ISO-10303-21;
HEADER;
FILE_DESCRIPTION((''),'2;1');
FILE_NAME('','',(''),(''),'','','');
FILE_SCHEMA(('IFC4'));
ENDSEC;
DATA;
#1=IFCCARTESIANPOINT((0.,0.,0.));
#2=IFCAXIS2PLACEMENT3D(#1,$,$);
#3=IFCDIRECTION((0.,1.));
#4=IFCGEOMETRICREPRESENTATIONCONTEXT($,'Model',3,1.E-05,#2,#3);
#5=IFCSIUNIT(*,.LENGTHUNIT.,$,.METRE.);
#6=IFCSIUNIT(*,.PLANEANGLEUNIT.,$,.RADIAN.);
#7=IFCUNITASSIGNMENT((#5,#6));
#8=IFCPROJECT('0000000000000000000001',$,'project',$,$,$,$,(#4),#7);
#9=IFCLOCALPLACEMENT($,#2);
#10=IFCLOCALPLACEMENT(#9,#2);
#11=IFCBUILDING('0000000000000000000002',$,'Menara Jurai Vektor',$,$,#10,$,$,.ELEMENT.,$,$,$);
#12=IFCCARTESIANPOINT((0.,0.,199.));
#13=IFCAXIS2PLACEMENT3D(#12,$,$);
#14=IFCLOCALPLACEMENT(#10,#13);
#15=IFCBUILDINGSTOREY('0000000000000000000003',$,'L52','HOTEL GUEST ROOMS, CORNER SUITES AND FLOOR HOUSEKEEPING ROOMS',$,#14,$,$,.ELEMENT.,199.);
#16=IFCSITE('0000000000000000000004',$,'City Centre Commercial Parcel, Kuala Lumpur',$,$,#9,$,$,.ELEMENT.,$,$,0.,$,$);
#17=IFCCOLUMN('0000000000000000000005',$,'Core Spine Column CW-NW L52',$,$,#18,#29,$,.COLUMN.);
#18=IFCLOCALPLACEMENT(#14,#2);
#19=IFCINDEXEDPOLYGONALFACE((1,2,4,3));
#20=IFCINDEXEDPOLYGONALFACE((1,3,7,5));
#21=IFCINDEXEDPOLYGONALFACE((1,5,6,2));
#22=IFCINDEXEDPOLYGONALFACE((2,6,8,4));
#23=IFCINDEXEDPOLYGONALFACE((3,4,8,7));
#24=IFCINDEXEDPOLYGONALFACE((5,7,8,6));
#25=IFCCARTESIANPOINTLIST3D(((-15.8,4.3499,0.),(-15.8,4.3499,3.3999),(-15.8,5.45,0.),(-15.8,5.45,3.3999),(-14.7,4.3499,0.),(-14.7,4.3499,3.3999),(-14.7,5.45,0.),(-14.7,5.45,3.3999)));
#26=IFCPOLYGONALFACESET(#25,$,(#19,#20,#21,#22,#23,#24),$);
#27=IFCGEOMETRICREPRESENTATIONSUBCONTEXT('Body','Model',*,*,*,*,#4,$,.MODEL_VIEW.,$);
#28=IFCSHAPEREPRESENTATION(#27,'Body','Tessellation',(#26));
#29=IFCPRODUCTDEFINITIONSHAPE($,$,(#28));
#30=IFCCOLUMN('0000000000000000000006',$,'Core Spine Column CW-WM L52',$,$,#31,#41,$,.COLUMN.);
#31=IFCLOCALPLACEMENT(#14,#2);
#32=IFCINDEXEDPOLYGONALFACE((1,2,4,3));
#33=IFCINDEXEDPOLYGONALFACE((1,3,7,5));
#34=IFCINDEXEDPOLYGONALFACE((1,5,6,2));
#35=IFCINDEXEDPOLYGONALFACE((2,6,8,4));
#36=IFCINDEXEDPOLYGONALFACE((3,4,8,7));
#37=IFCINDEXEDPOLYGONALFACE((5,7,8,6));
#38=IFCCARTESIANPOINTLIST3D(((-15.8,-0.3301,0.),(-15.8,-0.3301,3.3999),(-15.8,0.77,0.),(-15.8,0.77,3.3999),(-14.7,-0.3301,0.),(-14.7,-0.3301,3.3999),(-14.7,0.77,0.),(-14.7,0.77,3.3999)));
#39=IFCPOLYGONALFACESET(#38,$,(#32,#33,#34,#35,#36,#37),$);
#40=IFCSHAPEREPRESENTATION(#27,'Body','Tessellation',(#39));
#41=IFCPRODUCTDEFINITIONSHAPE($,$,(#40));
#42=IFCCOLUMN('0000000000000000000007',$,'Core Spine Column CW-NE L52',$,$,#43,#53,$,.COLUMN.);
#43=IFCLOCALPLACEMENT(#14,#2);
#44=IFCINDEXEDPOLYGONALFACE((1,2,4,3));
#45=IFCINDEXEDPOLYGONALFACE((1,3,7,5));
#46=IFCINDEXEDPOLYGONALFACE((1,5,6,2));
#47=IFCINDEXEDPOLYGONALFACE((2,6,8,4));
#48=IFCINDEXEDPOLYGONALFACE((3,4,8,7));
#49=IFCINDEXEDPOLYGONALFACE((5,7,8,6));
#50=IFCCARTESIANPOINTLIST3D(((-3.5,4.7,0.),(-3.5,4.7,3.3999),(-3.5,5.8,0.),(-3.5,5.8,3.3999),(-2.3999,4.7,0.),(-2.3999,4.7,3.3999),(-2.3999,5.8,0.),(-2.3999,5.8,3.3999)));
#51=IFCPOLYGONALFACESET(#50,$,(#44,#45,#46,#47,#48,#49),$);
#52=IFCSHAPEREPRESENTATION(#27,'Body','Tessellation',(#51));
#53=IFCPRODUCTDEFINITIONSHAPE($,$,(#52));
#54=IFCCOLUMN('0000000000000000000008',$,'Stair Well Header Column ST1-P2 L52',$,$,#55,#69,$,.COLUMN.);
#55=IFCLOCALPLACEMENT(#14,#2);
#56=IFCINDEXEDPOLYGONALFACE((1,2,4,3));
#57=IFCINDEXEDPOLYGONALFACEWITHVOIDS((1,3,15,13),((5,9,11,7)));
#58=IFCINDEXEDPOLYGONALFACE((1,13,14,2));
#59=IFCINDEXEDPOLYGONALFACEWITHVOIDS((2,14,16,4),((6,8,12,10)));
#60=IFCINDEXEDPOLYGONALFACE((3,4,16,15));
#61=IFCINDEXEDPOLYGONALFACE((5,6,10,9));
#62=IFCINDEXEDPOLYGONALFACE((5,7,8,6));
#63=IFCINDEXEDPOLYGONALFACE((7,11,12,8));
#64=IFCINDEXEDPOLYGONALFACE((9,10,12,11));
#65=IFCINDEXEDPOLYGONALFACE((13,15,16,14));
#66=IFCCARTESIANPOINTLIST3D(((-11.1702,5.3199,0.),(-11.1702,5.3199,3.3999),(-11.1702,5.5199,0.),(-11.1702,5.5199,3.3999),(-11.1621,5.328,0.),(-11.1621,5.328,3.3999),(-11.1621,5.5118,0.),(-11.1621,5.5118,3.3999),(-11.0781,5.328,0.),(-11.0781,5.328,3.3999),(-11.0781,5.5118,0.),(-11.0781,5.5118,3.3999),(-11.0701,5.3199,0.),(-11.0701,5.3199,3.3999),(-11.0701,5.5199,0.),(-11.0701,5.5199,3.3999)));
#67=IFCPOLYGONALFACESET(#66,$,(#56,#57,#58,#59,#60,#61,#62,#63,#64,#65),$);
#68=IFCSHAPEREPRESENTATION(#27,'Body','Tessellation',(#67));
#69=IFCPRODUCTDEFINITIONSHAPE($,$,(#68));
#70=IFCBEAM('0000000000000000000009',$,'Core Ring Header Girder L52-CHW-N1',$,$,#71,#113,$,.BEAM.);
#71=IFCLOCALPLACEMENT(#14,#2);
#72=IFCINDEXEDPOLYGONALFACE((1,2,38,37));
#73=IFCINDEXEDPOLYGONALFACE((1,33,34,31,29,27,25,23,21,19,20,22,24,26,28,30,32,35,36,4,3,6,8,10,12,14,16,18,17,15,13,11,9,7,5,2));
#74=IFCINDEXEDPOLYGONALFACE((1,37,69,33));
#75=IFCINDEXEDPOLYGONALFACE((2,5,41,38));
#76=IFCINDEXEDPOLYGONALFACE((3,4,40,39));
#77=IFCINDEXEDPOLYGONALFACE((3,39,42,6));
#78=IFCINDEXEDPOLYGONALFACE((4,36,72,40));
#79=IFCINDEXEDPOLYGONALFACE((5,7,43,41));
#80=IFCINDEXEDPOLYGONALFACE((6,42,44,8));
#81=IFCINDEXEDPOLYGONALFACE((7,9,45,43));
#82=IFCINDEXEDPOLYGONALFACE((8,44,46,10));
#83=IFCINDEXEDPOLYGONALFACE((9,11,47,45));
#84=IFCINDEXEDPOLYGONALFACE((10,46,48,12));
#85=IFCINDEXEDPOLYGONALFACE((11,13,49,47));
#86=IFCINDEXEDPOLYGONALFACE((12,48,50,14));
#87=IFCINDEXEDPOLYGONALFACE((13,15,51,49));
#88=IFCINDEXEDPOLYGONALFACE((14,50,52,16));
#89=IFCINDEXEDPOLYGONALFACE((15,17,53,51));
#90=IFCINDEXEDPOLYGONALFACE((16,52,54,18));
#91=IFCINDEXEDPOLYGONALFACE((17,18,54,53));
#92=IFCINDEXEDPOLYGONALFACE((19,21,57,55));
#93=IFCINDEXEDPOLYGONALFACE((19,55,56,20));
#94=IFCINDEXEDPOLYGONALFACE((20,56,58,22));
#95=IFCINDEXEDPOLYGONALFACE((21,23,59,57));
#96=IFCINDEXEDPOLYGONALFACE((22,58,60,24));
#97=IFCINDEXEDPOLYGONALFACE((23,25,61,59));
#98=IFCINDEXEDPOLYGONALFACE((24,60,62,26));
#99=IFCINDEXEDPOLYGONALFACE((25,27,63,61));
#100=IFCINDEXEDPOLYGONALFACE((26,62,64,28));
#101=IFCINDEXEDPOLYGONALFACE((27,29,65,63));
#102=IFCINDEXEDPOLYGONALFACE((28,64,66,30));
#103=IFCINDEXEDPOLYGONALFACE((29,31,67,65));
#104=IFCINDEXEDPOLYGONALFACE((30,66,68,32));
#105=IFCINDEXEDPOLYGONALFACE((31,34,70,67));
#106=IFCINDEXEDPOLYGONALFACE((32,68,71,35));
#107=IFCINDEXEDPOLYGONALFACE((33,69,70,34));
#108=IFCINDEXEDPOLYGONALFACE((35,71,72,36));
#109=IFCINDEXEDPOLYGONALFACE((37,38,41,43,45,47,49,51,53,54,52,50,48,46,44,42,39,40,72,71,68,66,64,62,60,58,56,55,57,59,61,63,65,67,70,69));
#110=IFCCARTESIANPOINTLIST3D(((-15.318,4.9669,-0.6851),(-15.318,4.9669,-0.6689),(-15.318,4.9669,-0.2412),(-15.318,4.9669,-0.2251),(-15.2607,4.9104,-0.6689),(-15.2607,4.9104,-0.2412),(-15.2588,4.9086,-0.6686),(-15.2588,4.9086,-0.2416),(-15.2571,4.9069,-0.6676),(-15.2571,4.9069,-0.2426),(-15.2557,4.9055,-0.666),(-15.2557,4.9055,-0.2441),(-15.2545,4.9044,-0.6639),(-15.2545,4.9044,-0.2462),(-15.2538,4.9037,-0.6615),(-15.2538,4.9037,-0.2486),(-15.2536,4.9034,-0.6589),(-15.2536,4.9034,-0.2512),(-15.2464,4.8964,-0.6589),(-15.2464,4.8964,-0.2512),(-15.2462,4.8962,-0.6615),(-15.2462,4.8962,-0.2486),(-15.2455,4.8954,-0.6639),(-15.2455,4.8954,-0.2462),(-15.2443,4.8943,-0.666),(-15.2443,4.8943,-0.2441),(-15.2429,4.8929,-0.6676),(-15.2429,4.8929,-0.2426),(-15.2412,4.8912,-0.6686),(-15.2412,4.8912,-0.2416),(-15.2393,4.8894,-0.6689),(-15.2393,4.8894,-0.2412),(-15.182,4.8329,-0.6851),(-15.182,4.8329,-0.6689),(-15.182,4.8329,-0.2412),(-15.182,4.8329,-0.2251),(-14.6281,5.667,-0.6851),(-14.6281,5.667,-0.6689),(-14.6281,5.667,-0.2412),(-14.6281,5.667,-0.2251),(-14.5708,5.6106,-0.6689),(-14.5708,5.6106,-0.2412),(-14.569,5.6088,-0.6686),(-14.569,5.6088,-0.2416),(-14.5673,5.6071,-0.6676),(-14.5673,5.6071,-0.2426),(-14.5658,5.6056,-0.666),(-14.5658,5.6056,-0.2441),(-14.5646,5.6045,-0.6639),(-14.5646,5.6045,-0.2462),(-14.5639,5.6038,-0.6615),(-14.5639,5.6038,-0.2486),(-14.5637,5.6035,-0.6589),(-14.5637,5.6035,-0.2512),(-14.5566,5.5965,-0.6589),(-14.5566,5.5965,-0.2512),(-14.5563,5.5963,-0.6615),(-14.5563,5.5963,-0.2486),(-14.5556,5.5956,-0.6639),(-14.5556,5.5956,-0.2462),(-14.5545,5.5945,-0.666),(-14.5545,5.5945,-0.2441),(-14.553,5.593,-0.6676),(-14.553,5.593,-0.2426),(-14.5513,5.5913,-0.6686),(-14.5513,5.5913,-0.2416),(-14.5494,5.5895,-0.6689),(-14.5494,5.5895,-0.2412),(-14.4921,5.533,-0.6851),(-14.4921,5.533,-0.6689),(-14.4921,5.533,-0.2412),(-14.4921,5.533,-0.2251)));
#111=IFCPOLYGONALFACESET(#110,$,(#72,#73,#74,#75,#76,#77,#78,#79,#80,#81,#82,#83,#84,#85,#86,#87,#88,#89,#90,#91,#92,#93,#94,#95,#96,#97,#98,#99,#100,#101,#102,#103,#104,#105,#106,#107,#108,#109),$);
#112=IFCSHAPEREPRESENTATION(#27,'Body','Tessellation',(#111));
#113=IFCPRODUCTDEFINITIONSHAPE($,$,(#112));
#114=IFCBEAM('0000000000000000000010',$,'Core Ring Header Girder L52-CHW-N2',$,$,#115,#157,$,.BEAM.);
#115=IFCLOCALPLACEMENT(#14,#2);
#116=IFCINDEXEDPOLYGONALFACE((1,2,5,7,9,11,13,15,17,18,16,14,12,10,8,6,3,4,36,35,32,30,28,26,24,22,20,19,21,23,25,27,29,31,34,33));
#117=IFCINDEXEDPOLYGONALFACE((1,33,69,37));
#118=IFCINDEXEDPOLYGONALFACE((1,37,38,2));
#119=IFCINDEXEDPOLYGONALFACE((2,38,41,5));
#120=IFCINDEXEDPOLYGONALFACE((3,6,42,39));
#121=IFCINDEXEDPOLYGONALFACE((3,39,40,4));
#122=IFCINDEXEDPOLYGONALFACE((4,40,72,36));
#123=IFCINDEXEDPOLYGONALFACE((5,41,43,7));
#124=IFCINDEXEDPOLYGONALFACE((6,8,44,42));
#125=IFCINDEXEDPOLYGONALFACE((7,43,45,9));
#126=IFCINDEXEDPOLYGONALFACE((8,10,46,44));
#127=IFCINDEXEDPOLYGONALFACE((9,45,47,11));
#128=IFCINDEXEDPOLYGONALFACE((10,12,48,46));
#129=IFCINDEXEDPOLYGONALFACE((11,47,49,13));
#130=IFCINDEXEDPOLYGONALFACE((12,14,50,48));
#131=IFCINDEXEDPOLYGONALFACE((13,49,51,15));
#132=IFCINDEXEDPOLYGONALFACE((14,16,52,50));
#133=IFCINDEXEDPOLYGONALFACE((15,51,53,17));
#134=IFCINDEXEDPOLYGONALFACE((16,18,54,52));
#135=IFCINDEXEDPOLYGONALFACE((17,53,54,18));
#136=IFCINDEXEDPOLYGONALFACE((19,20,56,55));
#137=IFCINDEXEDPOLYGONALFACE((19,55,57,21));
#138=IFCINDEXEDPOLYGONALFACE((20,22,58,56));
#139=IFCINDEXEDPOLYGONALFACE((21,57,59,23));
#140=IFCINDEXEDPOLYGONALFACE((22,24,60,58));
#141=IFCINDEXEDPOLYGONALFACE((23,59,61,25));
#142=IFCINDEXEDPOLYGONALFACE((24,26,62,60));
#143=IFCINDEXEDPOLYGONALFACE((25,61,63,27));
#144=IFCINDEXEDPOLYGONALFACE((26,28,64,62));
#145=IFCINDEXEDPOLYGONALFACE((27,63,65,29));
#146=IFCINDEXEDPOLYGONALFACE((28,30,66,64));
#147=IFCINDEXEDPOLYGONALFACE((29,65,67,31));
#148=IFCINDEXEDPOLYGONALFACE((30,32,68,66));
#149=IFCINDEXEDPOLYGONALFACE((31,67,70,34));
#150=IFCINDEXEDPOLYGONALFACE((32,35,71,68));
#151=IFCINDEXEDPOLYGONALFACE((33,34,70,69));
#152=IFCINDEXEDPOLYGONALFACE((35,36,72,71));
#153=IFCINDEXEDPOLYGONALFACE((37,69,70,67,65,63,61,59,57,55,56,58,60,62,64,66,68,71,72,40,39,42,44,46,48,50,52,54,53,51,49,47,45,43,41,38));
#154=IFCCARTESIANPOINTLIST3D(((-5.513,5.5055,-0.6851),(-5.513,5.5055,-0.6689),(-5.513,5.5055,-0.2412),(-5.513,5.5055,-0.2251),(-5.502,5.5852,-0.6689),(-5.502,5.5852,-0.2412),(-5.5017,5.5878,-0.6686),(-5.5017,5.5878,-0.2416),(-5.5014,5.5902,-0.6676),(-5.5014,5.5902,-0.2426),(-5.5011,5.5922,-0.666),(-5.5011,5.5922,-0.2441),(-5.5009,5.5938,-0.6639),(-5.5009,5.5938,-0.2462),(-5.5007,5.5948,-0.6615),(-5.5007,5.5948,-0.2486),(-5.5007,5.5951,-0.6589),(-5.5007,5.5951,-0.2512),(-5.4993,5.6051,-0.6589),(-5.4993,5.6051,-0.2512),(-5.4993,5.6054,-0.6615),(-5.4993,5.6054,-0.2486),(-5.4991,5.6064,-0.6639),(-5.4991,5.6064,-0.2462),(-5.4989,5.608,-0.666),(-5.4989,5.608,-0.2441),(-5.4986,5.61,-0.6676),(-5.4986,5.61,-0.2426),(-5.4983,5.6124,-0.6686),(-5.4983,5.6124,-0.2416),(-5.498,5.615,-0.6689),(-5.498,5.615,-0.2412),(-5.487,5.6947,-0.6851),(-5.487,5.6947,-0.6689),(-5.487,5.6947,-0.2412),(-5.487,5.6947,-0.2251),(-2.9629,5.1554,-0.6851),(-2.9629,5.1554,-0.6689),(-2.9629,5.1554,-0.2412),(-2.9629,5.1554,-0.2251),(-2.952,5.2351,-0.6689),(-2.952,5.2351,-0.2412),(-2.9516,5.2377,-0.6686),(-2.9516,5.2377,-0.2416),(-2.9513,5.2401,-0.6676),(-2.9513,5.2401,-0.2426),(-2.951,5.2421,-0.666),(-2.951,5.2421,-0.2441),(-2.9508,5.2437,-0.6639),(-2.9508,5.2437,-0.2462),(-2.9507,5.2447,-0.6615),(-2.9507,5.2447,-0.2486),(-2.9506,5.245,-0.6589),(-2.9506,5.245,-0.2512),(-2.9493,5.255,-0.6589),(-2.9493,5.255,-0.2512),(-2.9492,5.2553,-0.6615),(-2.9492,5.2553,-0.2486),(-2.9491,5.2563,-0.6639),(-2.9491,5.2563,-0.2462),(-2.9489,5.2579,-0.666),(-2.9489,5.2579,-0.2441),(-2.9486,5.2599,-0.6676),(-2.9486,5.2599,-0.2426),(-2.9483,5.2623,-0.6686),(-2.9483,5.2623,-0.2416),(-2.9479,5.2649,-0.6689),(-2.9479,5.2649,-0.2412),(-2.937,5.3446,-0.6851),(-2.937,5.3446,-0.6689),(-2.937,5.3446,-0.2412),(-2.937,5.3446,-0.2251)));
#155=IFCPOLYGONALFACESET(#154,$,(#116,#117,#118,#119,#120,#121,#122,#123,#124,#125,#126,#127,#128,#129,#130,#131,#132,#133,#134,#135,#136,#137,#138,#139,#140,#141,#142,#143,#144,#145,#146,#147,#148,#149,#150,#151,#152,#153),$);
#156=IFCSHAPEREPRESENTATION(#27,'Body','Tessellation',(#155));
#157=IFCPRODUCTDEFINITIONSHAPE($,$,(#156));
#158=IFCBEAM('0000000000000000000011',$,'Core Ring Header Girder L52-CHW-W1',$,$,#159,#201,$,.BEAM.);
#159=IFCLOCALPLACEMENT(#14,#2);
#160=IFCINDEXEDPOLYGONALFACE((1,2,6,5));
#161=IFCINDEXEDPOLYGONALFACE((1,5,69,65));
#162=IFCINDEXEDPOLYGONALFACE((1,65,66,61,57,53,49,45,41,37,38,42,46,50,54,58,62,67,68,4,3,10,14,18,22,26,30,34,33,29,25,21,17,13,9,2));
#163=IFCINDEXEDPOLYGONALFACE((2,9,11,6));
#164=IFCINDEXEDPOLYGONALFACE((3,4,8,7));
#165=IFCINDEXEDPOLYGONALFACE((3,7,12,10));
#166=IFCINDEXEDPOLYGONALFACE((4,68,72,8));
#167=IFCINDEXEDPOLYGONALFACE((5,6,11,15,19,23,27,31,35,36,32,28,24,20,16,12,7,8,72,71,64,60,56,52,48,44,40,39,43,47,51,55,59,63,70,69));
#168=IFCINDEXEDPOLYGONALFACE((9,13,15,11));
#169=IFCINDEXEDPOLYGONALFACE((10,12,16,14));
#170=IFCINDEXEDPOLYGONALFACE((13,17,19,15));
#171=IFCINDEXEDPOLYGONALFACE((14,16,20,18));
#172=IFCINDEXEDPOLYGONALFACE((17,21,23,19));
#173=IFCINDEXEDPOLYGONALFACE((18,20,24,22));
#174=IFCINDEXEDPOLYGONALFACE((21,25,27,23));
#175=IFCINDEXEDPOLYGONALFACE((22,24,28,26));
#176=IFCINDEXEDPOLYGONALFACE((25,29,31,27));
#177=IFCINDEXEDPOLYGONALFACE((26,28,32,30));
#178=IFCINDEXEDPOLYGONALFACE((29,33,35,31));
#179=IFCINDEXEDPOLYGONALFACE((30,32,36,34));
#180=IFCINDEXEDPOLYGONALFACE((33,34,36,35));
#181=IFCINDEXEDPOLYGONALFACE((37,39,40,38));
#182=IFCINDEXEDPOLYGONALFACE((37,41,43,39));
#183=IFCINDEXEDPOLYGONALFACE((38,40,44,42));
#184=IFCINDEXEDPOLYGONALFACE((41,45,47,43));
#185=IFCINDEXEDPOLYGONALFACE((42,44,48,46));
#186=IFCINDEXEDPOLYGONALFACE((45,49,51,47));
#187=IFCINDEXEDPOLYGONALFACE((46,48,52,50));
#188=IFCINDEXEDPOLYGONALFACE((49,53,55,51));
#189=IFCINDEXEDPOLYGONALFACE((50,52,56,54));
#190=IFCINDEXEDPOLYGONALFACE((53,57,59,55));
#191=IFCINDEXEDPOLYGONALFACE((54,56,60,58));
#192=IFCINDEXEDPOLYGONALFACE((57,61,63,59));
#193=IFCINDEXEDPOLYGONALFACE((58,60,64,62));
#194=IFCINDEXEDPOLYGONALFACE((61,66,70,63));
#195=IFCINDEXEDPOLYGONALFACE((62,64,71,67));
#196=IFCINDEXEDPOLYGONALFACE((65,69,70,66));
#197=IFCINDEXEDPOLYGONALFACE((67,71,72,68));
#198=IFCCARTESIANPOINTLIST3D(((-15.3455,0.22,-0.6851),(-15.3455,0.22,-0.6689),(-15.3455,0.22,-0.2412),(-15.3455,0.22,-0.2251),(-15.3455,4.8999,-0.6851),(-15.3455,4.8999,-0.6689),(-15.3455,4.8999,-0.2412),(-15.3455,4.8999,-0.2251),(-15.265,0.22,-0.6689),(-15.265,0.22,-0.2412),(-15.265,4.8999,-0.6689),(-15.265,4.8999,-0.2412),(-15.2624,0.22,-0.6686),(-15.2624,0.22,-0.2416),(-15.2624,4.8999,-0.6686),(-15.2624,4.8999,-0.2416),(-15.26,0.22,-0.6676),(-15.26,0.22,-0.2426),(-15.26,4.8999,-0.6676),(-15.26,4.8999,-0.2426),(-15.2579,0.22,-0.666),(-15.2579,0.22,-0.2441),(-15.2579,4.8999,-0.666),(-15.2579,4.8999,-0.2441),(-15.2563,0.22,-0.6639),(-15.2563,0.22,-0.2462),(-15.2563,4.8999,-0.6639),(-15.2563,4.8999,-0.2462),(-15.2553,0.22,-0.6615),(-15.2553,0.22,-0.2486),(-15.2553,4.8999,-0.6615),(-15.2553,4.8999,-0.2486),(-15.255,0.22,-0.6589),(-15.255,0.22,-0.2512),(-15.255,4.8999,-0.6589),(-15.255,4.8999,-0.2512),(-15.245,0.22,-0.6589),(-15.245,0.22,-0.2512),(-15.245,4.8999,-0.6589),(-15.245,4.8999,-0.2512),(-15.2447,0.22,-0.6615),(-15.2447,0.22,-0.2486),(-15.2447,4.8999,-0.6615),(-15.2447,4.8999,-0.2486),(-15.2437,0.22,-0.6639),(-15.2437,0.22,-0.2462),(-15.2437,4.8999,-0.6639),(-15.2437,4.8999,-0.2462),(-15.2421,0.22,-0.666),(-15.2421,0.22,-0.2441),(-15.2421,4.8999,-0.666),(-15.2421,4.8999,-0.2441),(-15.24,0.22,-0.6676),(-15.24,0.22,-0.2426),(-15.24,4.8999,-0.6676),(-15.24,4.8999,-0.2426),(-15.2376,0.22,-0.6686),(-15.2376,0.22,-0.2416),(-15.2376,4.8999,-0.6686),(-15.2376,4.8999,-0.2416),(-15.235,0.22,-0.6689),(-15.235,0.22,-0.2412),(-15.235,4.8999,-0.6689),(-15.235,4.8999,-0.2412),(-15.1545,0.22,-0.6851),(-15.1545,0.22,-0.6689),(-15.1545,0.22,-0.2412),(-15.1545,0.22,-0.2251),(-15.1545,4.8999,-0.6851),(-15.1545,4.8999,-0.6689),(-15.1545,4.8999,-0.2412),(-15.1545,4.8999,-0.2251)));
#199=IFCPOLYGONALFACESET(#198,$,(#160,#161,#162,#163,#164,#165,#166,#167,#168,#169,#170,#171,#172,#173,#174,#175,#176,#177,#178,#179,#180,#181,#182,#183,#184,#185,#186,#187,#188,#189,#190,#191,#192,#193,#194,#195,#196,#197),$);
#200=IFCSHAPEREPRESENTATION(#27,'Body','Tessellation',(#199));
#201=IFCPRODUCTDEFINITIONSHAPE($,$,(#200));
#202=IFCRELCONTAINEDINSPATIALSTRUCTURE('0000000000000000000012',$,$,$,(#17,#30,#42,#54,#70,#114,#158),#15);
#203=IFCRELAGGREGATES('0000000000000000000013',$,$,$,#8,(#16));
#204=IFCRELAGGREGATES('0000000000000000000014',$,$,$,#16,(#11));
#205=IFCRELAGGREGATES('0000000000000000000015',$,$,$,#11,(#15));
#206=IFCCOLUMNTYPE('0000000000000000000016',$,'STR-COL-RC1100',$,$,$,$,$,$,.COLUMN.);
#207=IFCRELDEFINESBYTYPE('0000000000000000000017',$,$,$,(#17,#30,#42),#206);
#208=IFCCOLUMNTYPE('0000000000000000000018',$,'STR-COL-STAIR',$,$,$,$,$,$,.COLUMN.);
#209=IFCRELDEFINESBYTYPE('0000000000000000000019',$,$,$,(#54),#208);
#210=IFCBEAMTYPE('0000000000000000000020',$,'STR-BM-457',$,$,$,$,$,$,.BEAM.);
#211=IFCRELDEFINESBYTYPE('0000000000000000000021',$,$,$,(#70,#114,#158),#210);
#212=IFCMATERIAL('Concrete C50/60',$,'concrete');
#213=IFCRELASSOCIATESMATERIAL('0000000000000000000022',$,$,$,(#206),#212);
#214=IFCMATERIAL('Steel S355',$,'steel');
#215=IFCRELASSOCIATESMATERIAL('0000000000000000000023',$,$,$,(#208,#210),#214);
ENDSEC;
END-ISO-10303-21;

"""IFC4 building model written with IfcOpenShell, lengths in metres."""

from ifc_helpers import new_model, si_unit, direction, frame, origin, origin_2d, place, context, subcontext, project, spatial, rectangle, hollow_rectangle, i_section, extrude, material, material_profile, profile_set, type_object, element, save


model = new_model("IFC4")

# Units and contexts
model_context = context("Model", 3, precision=1e-05, world=origin(), true_north=direction((0.0, 1.0)))
body_context = subcontext(model_context, "Body", "Model", "MODEL_VIEW")
ifc_project = project(units=[si_unit("LENGTHUNIT", "METRE"), si_unit("PLANEANGLEUNIT", "RADIAN")], contexts=[model_context])

# Site, building, storey
site_placement = place(None, origin())
site = spatial("IfcSite", under=ifc_project, at=site_placement, Name="City Centre Commercial Parcel, Kuala Lumpur", CompositionType="ELEMENT", RefElevation=0.0)
building_placement = place(site_placement, origin())
building = spatial("IfcBuilding", under=site, at=building_placement, Name="Menara Jurai Vektor", CompositionType="ELEMENT")
storey_placement = place(building_placement, frame((0.0, 0.0, 199.0)))
storey = spatial("IfcBuildingStorey", under=building, at=storey_placement, Name="L52", Description="HOTEL GUEST ROOMS, CORNER SUITES AND FLOOR HOUSEKEEPING ROOMS", CompositionType="ELEMENT", Elevation=199.0)

# Columns
ifc_material_1 = material(Name="Concrete C50/60", Category="concrete")
ifc_material_profile_1 = material_profile(ifc_material_1, rectangle(XDim=1.1001, YDim=1.1001, at=origin_2d()), Name="RC 1100x1100")
ifc_profile_set_1 = profile_set([ifc_material_profile_1], Name="Concrete C50/60")
column_type_1 = type_object("IfcColumnType", Name="STR-COL-RC1100", PredefinedType="COLUMN", material=ifc_profile_set_1)
for number, where, z_axis, x_axis, name in (
    (1, (-15.25, 4.8999, 0.0), (0.0, 0.0, 1.0), (1.0, 0.0, 0.0), "Core Spine Column CW-NW L52"),
    (2, (-15.25, 0.22, 0.0), (0.0, 0.0, 1.0), (1.0, 0.0, 0.0), "Core Spine Column CW-WM L52"),
    (3, (-2.95, 5.25, 0.0), (0.0, 0.0, 1.0), (1.0, 0.0, 0.0), "Core Spine Column CW-NE L52"),
):
    element("IfcColumn", number, at=place(storey_placement, frame(where, z_axis=z_axis, x_axis=x_axis)), inside=storey, type_object=column_type_1, Name=name, PredefinedType="COLUMN", context=body_context, shape_type="SweptSolid", body=[
        extrude(rectangle(XDim=1.1001, YDim=1.1001, at=origin_2d()), origin(), (0.0, 0.0, 1.0), 3.3999),
    ])
ifc_material_2 = material(Name="Steel S355", Category="steel")
ifc_material_profile_2 = material_profile(ifc_material_2, hollow_rectangle(XDim=0.1001, YDim=0.2, WallThickness=0.0081, at=origin_2d()), Name="RHS 200x100x8")
ifc_profile_set_2 = profile_set([ifc_material_profile_2], Name="Steel S355")
column_type_2 = type_object("IfcColumnType", Name="STR-COL-STAIR", PredefinedType="COLUMN", material=ifc_profile_set_2)
column_placement = place(storey_placement, frame((-11.1201, 5.4199, 0.0), z_axis=(0.0, 0.0, 1.0), x_axis=(1.0, 0.0, 0.0)))
element("IfcColumn", 4, at=column_placement, inside=storey, type_object=column_type_2, Name="Stair Well Header Column ST1-P2 L52", PredefinedType="COLUMN", context=body_context, shape_type="SweptSolid", body=[
    extrude(hollow_rectangle(XDim=0.1001, YDim=0.2, WallThickness=0.0081, at=origin_2d()), origin(), (0.0, 0.0, 1.0), 3.3999),
])

# Beams
ifc_material_profile_3 = material_profile(ifc_material_2, i_section(OverallWidth=0.1909, OverallDepth=0.46, WebThickness=0.01, FlangeThickness=0.0161, FilletRadius=0.01, at=origin_2d()), Name="UKB 457x191x82")
ifc_profile_set_3 = profile_set([ifc_material_profile_3], Name="Steel S355")
beam_type_1 = type_object("IfcBeamType", Name="STR-BM-457", PredefinedType="BEAM", material=ifc_profile_set_3)
beam_1_placement = place(storey_placement, frame((-15.25, 4.8999, -0.4551), z_axis=(0.701872, 0.712303, 0.0), x_axis=(-0.712303, 0.701872, 0.0)))
element("IfcBeam", 5, at=beam_1_placement, inside=storey, type_object=beam_type_1, Name="Core Ring Header Girder L52-CHW-N1", PredefinedType="BEAM", context=body_context, shape_type="SweptSolid", body=[
    extrude(i_section(OverallWidth=0.1909, OverallDepth=0.46, WebThickness=0.01, FlangeThickness=0.0161, FilletRadius=0.01, at=origin_2d()), origin(), (0.0, 0.0, 1.0), 0.9829),
])
beam_2_placement = place(storey_placement, frame((-5.5, 5.6001, -0.4551), z_axis=(0.990707, -0.136015, 0.0), x_axis=(0.136015, 0.990707, 0.0)))
element("IfcBeam", 6, at=beam_2_placement, inside=storey, type_object=beam_type_1, Name="Core Ring Header Girder L52-CHW-N2", PredefinedType="BEAM", context=body_context, shape_type="SweptSolid", body=[
    extrude(i_section(OverallWidth=0.1909, OverallDepth=0.46, WebThickness=0.01, FlangeThickness=0.0161, FilletRadius=0.01, at=origin_2d()), origin(), (0.0, 0.0, 1.0), 2.574),
])
beam_3_placement = place(storey_placement, frame((-15.25, 0.22, -0.4551), z_axis=(0.0, 1.0, 0.0), x_axis=(-1.0, 0.0, 0.0)))
element("IfcBeam", 7, at=beam_3_placement, inside=storey, type_object=beam_type_1, Name="Core Ring Header Girder L52-CHW-W1", PredefinedType="BEAM", context=body_context, shape_type="SweptSolid", body=[
    extrude(i_section(OverallWidth=0.1909, OverallDepth=0.46, WebThickness=0.01, FlangeThickness=0.0161, FilletRadius=0.01, at=origin_2d()), origin(), (0.0, 0.0, 1.0), 4.6799),
])

save(model, "model.ifc")
